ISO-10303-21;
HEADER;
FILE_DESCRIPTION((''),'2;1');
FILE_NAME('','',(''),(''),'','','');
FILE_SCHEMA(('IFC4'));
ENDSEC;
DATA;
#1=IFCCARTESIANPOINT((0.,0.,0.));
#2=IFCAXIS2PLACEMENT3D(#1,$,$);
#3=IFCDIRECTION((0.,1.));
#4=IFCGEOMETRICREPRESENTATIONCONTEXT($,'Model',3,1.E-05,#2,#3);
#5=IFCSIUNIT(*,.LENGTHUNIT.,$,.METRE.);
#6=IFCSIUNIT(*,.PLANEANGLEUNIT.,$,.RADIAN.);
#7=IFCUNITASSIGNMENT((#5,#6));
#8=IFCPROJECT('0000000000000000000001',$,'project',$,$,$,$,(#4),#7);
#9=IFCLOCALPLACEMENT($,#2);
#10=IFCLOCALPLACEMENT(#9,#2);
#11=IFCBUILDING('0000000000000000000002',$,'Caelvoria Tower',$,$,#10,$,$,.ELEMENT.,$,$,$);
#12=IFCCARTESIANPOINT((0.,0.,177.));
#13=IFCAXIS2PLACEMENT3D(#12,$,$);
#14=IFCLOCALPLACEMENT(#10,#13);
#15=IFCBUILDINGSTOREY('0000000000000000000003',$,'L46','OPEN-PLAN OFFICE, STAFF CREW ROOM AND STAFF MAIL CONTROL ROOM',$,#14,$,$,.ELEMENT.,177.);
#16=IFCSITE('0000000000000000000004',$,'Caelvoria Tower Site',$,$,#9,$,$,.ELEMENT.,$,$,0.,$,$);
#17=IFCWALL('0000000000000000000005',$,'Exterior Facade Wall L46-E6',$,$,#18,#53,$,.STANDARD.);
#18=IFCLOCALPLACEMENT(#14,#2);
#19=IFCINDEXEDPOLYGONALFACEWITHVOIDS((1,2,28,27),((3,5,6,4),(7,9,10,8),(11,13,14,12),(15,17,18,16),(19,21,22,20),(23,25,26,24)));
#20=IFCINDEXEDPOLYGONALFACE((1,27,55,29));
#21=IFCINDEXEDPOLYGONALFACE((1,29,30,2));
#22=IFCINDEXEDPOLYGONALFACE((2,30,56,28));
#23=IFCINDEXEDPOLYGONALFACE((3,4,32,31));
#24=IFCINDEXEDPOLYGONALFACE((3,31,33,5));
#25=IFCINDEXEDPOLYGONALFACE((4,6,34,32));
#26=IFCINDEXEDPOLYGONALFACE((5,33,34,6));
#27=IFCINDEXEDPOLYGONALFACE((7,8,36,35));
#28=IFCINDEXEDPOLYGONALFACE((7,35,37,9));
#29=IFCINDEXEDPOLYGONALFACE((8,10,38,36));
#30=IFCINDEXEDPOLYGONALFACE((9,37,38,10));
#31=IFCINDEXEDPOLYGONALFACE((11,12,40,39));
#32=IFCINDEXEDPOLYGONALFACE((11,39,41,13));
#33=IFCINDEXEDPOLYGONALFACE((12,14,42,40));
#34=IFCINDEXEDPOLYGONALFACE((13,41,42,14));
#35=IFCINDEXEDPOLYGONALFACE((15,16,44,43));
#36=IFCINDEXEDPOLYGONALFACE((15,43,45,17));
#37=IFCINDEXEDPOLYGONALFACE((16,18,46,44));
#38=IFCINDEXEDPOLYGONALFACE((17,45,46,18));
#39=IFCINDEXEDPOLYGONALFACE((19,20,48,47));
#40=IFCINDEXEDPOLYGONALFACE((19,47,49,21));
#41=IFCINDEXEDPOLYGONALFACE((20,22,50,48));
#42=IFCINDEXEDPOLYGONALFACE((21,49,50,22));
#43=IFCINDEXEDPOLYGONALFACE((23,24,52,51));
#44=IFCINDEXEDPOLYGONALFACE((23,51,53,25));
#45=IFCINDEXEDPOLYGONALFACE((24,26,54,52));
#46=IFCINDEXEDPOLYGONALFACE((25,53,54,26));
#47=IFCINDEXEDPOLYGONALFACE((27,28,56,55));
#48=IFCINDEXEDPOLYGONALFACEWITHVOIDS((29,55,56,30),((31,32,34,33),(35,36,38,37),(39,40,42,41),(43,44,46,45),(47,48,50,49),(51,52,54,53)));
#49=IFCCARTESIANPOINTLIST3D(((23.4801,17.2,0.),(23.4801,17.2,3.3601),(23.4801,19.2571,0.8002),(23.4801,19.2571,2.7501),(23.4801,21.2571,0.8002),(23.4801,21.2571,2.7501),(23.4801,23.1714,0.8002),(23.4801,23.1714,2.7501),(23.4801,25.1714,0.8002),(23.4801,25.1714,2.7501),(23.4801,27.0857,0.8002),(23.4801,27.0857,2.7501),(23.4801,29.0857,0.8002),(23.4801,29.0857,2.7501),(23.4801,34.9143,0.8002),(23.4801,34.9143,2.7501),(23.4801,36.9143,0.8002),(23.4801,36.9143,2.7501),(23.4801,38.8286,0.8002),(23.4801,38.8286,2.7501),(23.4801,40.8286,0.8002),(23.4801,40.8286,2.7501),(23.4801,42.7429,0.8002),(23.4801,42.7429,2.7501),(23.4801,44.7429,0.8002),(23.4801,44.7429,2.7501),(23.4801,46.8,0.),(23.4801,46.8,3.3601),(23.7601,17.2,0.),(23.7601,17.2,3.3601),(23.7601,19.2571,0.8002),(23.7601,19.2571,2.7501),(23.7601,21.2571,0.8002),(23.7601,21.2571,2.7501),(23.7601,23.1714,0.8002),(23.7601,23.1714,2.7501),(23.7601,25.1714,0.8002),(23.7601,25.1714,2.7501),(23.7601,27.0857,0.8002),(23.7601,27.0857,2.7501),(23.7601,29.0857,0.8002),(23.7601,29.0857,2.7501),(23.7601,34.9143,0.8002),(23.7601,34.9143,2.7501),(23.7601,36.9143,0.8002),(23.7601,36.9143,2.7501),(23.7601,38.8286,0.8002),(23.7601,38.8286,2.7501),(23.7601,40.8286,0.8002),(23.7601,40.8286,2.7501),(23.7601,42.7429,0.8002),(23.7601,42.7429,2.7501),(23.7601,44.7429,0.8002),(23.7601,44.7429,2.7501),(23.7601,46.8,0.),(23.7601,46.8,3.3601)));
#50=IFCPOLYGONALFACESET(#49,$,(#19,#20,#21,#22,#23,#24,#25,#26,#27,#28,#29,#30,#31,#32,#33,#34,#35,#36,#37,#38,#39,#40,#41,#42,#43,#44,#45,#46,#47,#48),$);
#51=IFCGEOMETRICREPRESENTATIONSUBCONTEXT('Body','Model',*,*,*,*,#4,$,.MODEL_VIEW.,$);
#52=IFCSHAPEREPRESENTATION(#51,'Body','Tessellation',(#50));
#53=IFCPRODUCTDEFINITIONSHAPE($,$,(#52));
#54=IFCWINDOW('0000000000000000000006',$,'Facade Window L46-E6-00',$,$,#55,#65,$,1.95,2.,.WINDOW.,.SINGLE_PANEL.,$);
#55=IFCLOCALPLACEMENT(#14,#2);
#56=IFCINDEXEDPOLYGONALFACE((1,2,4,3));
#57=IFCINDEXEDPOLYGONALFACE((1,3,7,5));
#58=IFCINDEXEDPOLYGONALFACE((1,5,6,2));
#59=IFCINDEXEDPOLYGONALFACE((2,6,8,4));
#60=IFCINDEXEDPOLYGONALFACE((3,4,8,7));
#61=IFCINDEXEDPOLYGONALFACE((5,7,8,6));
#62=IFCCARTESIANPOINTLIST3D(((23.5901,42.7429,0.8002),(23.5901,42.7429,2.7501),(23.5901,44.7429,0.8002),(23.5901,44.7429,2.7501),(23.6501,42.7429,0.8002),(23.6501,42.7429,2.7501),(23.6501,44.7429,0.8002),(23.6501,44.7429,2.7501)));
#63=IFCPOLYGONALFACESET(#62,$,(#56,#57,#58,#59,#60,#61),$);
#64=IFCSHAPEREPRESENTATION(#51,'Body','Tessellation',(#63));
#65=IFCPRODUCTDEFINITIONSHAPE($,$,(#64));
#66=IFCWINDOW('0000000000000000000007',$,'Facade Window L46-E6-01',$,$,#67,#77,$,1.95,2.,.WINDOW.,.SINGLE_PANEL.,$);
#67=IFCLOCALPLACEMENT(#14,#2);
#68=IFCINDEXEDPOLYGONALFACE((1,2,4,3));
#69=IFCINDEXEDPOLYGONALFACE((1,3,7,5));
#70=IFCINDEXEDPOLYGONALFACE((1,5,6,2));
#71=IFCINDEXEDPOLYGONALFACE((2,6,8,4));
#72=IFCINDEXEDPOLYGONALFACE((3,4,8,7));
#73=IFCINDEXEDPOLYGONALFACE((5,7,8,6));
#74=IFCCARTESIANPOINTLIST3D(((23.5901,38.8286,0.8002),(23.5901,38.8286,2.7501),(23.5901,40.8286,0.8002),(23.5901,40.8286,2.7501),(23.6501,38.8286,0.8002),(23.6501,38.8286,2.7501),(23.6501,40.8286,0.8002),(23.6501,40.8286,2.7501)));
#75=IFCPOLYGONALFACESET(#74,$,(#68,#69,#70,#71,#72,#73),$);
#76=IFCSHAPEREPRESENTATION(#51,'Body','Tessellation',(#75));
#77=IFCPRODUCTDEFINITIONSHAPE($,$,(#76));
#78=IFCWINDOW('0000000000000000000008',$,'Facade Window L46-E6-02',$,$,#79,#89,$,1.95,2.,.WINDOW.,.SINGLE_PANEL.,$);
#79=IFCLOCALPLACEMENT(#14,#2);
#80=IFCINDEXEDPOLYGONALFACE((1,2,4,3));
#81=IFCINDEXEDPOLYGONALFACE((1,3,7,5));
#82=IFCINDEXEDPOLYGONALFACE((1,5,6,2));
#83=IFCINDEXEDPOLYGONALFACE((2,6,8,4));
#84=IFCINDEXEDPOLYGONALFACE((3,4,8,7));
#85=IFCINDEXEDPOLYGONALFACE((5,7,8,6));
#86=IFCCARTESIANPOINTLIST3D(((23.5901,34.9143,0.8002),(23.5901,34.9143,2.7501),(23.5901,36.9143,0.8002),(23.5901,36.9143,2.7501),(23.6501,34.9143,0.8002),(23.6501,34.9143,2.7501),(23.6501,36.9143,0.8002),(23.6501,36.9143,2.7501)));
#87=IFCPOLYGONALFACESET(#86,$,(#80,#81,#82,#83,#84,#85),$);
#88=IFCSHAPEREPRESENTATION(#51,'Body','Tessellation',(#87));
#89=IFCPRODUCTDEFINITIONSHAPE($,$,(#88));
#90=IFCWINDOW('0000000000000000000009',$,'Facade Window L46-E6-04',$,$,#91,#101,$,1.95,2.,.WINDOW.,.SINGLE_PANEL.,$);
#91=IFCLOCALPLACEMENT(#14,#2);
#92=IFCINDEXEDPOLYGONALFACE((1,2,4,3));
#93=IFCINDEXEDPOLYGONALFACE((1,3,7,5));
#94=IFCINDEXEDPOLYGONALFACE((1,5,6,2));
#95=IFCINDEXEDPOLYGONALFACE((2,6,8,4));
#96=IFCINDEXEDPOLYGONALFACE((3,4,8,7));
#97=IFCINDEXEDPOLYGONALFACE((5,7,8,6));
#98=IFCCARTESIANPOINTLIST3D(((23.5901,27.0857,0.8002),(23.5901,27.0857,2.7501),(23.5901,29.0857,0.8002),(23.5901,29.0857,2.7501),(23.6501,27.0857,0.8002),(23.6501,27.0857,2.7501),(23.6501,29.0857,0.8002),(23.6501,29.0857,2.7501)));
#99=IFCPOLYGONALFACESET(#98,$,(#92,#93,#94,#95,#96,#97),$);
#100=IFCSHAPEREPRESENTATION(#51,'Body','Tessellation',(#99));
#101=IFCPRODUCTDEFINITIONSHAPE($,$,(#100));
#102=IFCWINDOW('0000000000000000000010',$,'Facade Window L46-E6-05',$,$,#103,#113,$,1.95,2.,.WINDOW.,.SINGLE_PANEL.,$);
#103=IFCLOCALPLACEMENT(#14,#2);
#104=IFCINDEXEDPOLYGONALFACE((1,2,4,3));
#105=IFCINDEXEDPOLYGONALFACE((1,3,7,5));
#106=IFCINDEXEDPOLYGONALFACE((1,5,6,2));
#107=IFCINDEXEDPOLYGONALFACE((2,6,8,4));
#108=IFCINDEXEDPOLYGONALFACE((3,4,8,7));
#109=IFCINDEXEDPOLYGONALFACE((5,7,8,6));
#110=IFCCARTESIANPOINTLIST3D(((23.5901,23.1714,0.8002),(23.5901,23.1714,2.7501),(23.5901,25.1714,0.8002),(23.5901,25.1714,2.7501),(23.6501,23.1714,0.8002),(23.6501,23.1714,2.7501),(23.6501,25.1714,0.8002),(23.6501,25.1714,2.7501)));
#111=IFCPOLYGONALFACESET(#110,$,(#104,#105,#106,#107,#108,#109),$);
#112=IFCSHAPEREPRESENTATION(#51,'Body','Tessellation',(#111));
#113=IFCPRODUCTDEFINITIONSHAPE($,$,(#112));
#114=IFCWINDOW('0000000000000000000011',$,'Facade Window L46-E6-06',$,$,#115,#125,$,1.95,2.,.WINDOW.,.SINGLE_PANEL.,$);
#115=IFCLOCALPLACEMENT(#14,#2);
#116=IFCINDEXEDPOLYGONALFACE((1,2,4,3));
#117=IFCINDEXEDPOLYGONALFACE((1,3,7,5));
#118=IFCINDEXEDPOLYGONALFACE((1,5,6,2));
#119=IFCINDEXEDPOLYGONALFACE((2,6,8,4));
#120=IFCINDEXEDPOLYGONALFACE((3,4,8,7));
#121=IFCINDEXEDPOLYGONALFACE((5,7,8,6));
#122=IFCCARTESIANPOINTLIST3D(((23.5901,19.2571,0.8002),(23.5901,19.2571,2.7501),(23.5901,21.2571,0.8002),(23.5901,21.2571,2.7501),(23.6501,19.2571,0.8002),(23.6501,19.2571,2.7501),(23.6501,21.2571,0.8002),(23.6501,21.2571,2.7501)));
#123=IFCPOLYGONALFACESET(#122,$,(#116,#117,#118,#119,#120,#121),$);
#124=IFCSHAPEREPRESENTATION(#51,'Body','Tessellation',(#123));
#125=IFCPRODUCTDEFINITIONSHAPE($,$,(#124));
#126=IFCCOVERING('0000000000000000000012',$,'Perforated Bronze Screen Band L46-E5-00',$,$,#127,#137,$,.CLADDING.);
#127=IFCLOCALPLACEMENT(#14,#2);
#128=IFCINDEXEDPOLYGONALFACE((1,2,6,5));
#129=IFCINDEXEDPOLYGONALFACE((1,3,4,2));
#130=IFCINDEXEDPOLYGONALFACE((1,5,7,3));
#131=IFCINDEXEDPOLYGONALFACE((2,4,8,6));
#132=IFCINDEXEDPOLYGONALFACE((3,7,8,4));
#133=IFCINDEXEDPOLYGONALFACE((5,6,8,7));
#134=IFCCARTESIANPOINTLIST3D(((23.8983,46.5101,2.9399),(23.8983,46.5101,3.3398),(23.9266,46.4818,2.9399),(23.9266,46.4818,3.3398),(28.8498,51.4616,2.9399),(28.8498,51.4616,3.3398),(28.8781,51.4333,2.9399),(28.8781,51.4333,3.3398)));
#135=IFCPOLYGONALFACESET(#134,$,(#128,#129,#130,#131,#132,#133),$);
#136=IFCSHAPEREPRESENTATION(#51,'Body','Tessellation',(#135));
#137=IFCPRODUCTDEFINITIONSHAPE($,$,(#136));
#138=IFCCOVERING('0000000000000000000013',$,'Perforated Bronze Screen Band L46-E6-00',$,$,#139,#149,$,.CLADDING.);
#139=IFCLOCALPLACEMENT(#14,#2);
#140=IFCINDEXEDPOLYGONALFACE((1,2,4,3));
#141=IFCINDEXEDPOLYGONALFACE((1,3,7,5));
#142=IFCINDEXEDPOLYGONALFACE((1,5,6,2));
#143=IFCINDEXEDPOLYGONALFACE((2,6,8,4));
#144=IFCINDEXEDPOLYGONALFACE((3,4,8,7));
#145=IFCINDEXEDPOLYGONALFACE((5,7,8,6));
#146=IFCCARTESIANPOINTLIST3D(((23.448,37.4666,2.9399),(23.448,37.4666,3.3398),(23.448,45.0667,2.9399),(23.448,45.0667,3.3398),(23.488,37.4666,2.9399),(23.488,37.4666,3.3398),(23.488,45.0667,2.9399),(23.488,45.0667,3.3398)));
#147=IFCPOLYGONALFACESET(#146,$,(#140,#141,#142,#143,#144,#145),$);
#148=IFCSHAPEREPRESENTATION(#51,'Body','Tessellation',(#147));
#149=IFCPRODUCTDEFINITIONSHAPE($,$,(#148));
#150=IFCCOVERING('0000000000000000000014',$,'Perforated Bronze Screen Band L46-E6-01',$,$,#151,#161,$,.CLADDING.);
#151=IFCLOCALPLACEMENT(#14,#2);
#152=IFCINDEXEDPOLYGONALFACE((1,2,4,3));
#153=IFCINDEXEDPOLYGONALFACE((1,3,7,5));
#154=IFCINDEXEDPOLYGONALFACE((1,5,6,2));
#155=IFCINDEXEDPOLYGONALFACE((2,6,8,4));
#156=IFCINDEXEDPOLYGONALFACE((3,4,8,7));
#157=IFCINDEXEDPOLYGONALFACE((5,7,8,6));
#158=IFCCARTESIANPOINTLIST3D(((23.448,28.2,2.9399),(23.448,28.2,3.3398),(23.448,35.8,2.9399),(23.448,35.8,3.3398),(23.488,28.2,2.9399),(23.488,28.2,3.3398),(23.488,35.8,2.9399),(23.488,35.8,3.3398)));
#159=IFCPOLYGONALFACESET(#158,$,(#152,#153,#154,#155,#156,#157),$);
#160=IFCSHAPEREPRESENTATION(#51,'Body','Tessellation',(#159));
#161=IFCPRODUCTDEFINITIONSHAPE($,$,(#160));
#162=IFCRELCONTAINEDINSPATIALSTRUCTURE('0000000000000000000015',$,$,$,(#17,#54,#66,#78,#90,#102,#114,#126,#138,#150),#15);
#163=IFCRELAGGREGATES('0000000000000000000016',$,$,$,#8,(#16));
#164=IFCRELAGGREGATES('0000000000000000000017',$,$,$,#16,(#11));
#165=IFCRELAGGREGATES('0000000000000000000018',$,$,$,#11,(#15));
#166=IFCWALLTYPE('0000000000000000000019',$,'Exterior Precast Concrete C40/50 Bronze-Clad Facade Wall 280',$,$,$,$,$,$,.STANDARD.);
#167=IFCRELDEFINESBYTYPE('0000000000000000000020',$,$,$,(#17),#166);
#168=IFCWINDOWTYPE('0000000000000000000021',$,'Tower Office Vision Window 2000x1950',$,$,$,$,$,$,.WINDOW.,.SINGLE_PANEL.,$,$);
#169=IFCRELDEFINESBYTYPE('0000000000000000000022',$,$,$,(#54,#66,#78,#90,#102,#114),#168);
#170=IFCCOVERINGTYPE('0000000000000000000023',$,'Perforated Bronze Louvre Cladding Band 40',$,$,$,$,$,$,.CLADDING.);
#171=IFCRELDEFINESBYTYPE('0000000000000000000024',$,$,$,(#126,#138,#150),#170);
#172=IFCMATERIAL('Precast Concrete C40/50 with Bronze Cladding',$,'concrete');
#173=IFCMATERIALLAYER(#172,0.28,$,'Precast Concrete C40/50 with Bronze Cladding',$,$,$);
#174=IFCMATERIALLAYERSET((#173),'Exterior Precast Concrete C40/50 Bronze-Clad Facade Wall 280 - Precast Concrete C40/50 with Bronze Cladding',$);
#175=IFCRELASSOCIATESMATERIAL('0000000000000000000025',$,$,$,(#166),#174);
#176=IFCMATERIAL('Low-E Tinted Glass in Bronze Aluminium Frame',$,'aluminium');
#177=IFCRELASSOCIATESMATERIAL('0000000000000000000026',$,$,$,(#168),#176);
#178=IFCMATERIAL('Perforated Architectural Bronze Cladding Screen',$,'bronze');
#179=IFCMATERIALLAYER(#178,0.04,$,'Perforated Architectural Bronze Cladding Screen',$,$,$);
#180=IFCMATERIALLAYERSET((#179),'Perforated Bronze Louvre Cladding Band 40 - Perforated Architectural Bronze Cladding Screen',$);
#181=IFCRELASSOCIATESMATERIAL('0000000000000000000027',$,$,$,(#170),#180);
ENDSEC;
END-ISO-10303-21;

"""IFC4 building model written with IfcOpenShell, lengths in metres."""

from ifc_helpers import new_model, si_unit, direction, frame, frame_2d, origin, origin_2d, place, context, subcontext, project, spatial, rectangle, extrude, material, layer, layer_set, type_object, element, fill, save


model = new_model("IFC4")

# Units and contexts
model_context = context("Model", 3, precision=1e-05, world=origin(), true_north=direction((0.0, 1.0)))
body_context = subcontext(model_context, "Body", "Model", "MODEL_VIEW")
ifc_project = project(units=[si_unit("LENGTHUNIT", "METRE"), si_unit("PLANEANGLEUNIT", "RADIAN")], contexts=[model_context])

# Site, building, storey
site_placement = place(None, origin())
site = spatial("IfcSite", under=ifc_project, at=site_placement, Name="Caelvoria Tower Site", CompositionType="ELEMENT", RefElevation=0.0)
building_placement = place(site_placement, origin())
building = spatial("IfcBuilding", under=site, at=building_placement, Name="Caelvoria Tower", CompositionType="ELEMENT")
storey_placement = place(building_placement, frame((0.0, 0.0, 177.0)))
storey = spatial("IfcBuildingStorey", under=building, at=storey_placement, Name="L46", Description="OPEN-PLAN OFFICE, STAFF CREW ROOM AND STAFF MAIL CONTROL ROOM", CompositionType="ELEMENT", Elevation=177.0)

# Shared definitions
ifc_material_1 = material(Name="Precast Concrete C40/50 with Bronze Cladding", Category="concrete")
ifc_layer_1 = layer(ifc_material_1, 0.28, Name="Precast Concrete C40/50 with Bronze Cladding")
ifc_layer_set_1 = layer_set([ifc_layer_1], Name="Exterior Precast Concrete C40/50 Bronze-Clad Facade Wall 280 - Precast Concrete C40/50 with Bronze Cladding")
wall_type = type_object("IfcWallType", Name="Exterior Precast Concrete C40/50 Bronze-Clad Facade Wall 280", PredefinedType="STANDARD", material=ifc_layer_set_1)

# Wall, openings, windows
wall_1_placement = place(storey_placement, frame((23.6201, 46.8, 0.0), z_axis=(0.0, 0.0, 1.0), x_axis=(0.0, -1.0, 0.0)))
wall_1 = element("IfcWall", 1, at=wall_1_placement, inside=storey, type_object=wall_type, Name="Exterior Facade Wall L46-E6", PredefinedType="STANDARD", context=body_context, shape_type="SweptSolid", body=[
    extrude(rectangle(XDim=29.6001, YDim=0.28, at=frame_2d((14.8, 0.0))), origin(), (0.0, 0.0, 1.0), 3.3601),
])
opening_1_placement = place(wall_1_placement, frame((2.0571, 0.0, 0.8)))
opening_1 = element("IfcOpeningElement", 2, at=opening_1_placement, cuts=wall_1, PredefinedType="OPENING", context=body_context, shape_type="SweptSolid", body=[
    extrude(rectangle(XDim=2.0, YDim=1.95, at=frame_2d((1.0, 0.9751))), frame((0.0, 0.1499, 0.0), z_axis=(0.0, -1.0, 0.0), x_axis=(1.0, 0.0, 0.0)), (0.0, 0.0, 1.0), 0.3),
])
opening_2_placement = place(wall_1_placement, frame((5.9714, 0.0, 0.8)))
opening_2 = element("IfcOpeningElement", 3, at=opening_2_placement, cuts=wall_1, PredefinedType="OPENING", context=body_context, shape_type="SweptSolid", body=[
    extrude(rectangle(XDim=2.0, YDim=1.95, at=frame_2d((1.0, 0.9751))), frame((0.0, 0.1499, 0.0), z_axis=(0.0, -1.0, 0.0), x_axis=(1.0, 0.0, 0.0)), (0.0, 0.0, 1.0), 0.3),
])
opening_3_placement = place(wall_1_placement, frame((9.8857, 0.0, 0.8)))
opening_3 = element("IfcOpeningElement", 4, at=opening_3_placement, cuts=wall_1, PredefinedType="OPENING", context=body_context, shape_type="SweptSolid", body=[
    extrude(rectangle(XDim=2.0, YDim=1.95, at=frame_2d((1.0, 0.9751))), frame((0.0, 0.1499, 0.0), z_axis=(0.0, -1.0, 0.0), x_axis=(1.0, 0.0, 0.0)), (0.0, 0.0, 1.0), 0.3),
])
opening_4_placement = place(wall_1_placement, frame((17.7144, 0.0, 0.8)))
opening_4 = element("IfcOpeningElement", 5, at=opening_4_placement, cuts=wall_1, PredefinedType="OPENING", context=body_context, shape_type="SweptSolid", body=[
    extrude(rectangle(XDim=2.0, YDim=1.95, at=frame_2d((1.0, 0.9751))), frame((0.0, 0.1499, 0.0), z_axis=(0.0, -1.0, 0.0), x_axis=(1.0, 0.0, 0.0)), (0.0, 0.0, 1.0), 0.3),
])
opening_5_placement = place(wall_1_placement, frame((21.6287, 0.0, 0.8)))
opening_5 = element("IfcOpeningElement", 6, at=opening_5_placement, cuts=wall_1, PredefinedType="OPENING", context=body_context, shape_type="SweptSolid", body=[
    extrude(rectangle(XDim=2.0, YDim=1.95, at=frame_2d((1.0, 0.9751))), frame((0.0, 0.1499, 0.0), z_axis=(0.0, -1.0, 0.0), x_axis=(1.0, 0.0, 0.0)), (0.0, 0.0, 1.0), 0.3),
])
opening_6_placement = place(wall_1_placement, frame((25.543, 0.0, 0.8)))
opening_6 = element("IfcOpeningElement", 7, at=opening_6_placement, cuts=wall_1, PredefinedType="OPENING", context=body_context, shape_type="SweptSolid", body=[
    extrude(rectangle(XDim=2.0, YDim=1.95, at=frame_2d((1.0, 0.9751))), frame((0.0, 0.1499, 0.0), z_axis=(0.0, -1.0, 0.0), x_axis=(1.0, 0.0, 0.0)), (0.0, 0.0, 1.0), 0.3),
])
ifc_material_2 = material(Name="Low-E Tinted Glass in Bronze Aluminium Frame", Category="aluminium")
window_type = type_object("IfcWindowType", Name="Tower Office Vision Window 2000x1950", PartitioningType="SINGLE_PANEL", PredefinedType="WINDOW", material=ifc_material_2)
window_1_placement = place(opening_1_placement, origin())
window_1 = element("IfcWindow", 8, at=window_1_placement, inside=storey, type_object=window_type, Name="Facade Window L46-E6-00", OverallHeight=1.95, OverallWidth=2.0, PartitioningType="SINGLE_PANEL", PredefinedType="WINDOW", context=body_context, shape_type="SweptSolid", body=[
    extrude(rectangle(XDim=2.0, YDim=1.95, at=frame_2d((1.0, 0.9751))), frame((0.0, 0.03, 0.0), z_axis=(0.0, -1.0, 0.0), x_axis=(1.0, 0.0, 0.0)), (0.0, 0.0, 1.0), 0.0601),
])
fill(opening_1, window_1)
window_2_placement = place(opening_2_placement, origin())
window_2 = element("IfcWindow", 9, at=window_2_placement, inside=storey, type_object=window_type, Name="Facade Window L46-E6-01", OverallHeight=1.95, OverallWidth=2.0, PartitioningType="SINGLE_PANEL", PredefinedType="WINDOW", context=body_context, shape_type="SweptSolid", body=[
    extrude(rectangle(XDim=2.0, YDim=1.95, at=frame_2d((1.0, 0.9751))), frame((0.0, 0.03, 0.0), z_axis=(0.0, -1.0, 0.0), x_axis=(1.0, 0.0, 0.0)), (0.0, 0.0, 1.0), 0.0601),
])
fill(opening_2, window_2)
window_3_placement = place(opening_3_placement, origin())
window_3 = element("IfcWindow", 10, at=window_3_placement, inside=storey, type_object=window_type, Name="Facade Window L46-E6-02", OverallHeight=1.95, OverallWidth=2.0, PartitioningType="SINGLE_PANEL", PredefinedType="WINDOW", context=body_context, shape_type="SweptSolid", body=[
    extrude(rectangle(XDim=2.0, YDim=1.95, at=frame_2d((1.0, 0.9751))), frame((0.0, 0.03, 0.0), z_axis=(0.0, -1.0, 0.0), x_axis=(1.0, 0.0, 0.0)), (0.0, 0.0, 1.0), 0.0601),
])
fill(opening_3, window_3)
window_4_placement = place(opening_4_placement, origin())
window_4 = element("IfcWindow", 11, at=window_4_placement, inside=storey, type_object=window_type, Name="Facade Window L46-E6-04", OverallHeight=1.95, OverallWidth=2.0, PartitioningType="SINGLE_PANEL", PredefinedType="WINDOW", context=body_context, shape_type="SweptSolid", body=[
    extrude(rectangle(XDim=2.0, YDim=1.95, at=frame_2d((1.0, 0.9751))), frame((0.0, 0.03, 0.0), z_axis=(0.0, -1.0, 0.0), x_axis=(1.0, 0.0, 0.0)), (0.0, 0.0, 1.0), 0.0601),
])
fill(opening_4, window_4)
window_5_placement = place(opening_5_placement, origin())
window_5 = element("IfcWindow", 12, at=window_5_placement, inside=storey, type_object=window_type, Name="Facade Window L46-E6-05", OverallHeight=1.95, OverallWidth=2.0, PartitioningType="SINGLE_PANEL", PredefinedType="WINDOW", context=body_context, shape_type="SweptSolid", body=[
    extrude(rectangle(XDim=2.0, YDim=1.95, at=frame_2d((1.0, 0.9751))), frame((0.0, 0.03, 0.0), z_axis=(0.0, -1.0, 0.0), x_axis=(1.0, 0.0, 0.0)), (0.0, 0.0, 1.0), 0.0601),
])
fill(opening_5, window_5)
window_6_placement = place(opening_6_placement, origin())
window_6 = element("IfcWindow", 13, at=window_6_placement, inside=storey, type_object=window_type, Name="Facade Window L46-E6-06", OverallHeight=1.95, OverallWidth=2.0, PartitioningType="SINGLE_PANEL", PredefinedType="WINDOW", context=body_context, shape_type="SweptSolid", body=[
    extrude(rectangle(XDim=2.0, YDim=1.95, at=frame_2d((1.0, 0.9751))), frame((0.0, 0.03, 0.0), z_axis=(0.0, -1.0, 0.0), x_axis=(1.0, 0.0, 0.0)), (0.0, 0.0, 1.0), 0.0601),
])
fill(opening_6, window_6)

# Coverings
ifc_material_3 = material(Name="Perforated Architectural Bronze Cladding Screen", Category="bronze")
ifc_layer_2 = layer(ifc_material_3, 0.04, Name="Perforated Architectural Bronze Cladding Screen")
ifc_layer_set_2 = layer_set([ifc_layer_2], Name="Perforated Bronze Louvre Cladding Band 40 - Perforated Architectural Bronze Cladding Screen")
covering_type = type_object("IfcCoveringType", Name="Perforated Bronze Louvre Cladding Band 40", PredefinedType="CLADDING", material=ifc_layer_set_2)
covering_placement = place(storey_placement, frame((26.3882, 48.9717, 2.9399), z_axis=(0.0, 0.0, 1.0), x_axis=(-0.707107, -0.707107, 0.0)))
element("IfcCovering", 14, at=covering_placement, inside=storey, type_object=covering_type, Name="Perforated Bronze Screen Band L46-E5-00", PredefinedType="CLADDING", context=body_context, shape_type="SweptSolid", body=[
    extrude(rectangle(XDim=7.0024, YDim=0.04, at=origin_2d()), origin(), (0.0, 0.0, 1.0), 0.3999),
])
for number, where, z_axis, x_axis, name in (
    (15, (23.468, 41.2666, 2.9399), (0.0, 0.0, 1.0), (0.0, -1.0, 0.0), "Perforated Bronze Screen Band L46-E6-00"),
    (16, (23.468, 32.0, 2.9399), (0.0, 0.0, 1.0), (0.0, -1.0, 0.0), "Perforated Bronze Screen Band L46-E6-01"),
):
    element("IfcCovering", number, at=place(storey_placement, frame(where, z_axis=z_axis, x_axis=x_axis)), inside=storey, type_object=covering_type, Name=name, PredefinedType="CLADDING", context=body_context, shape_type="SweptSolid", body=[
        extrude(rectangle(XDim=7.6001, YDim=0.04, at=origin_2d()), origin(), (0.0, 0.0, 1.0), 0.3999),
    ])

save(model, "model.ifc")
